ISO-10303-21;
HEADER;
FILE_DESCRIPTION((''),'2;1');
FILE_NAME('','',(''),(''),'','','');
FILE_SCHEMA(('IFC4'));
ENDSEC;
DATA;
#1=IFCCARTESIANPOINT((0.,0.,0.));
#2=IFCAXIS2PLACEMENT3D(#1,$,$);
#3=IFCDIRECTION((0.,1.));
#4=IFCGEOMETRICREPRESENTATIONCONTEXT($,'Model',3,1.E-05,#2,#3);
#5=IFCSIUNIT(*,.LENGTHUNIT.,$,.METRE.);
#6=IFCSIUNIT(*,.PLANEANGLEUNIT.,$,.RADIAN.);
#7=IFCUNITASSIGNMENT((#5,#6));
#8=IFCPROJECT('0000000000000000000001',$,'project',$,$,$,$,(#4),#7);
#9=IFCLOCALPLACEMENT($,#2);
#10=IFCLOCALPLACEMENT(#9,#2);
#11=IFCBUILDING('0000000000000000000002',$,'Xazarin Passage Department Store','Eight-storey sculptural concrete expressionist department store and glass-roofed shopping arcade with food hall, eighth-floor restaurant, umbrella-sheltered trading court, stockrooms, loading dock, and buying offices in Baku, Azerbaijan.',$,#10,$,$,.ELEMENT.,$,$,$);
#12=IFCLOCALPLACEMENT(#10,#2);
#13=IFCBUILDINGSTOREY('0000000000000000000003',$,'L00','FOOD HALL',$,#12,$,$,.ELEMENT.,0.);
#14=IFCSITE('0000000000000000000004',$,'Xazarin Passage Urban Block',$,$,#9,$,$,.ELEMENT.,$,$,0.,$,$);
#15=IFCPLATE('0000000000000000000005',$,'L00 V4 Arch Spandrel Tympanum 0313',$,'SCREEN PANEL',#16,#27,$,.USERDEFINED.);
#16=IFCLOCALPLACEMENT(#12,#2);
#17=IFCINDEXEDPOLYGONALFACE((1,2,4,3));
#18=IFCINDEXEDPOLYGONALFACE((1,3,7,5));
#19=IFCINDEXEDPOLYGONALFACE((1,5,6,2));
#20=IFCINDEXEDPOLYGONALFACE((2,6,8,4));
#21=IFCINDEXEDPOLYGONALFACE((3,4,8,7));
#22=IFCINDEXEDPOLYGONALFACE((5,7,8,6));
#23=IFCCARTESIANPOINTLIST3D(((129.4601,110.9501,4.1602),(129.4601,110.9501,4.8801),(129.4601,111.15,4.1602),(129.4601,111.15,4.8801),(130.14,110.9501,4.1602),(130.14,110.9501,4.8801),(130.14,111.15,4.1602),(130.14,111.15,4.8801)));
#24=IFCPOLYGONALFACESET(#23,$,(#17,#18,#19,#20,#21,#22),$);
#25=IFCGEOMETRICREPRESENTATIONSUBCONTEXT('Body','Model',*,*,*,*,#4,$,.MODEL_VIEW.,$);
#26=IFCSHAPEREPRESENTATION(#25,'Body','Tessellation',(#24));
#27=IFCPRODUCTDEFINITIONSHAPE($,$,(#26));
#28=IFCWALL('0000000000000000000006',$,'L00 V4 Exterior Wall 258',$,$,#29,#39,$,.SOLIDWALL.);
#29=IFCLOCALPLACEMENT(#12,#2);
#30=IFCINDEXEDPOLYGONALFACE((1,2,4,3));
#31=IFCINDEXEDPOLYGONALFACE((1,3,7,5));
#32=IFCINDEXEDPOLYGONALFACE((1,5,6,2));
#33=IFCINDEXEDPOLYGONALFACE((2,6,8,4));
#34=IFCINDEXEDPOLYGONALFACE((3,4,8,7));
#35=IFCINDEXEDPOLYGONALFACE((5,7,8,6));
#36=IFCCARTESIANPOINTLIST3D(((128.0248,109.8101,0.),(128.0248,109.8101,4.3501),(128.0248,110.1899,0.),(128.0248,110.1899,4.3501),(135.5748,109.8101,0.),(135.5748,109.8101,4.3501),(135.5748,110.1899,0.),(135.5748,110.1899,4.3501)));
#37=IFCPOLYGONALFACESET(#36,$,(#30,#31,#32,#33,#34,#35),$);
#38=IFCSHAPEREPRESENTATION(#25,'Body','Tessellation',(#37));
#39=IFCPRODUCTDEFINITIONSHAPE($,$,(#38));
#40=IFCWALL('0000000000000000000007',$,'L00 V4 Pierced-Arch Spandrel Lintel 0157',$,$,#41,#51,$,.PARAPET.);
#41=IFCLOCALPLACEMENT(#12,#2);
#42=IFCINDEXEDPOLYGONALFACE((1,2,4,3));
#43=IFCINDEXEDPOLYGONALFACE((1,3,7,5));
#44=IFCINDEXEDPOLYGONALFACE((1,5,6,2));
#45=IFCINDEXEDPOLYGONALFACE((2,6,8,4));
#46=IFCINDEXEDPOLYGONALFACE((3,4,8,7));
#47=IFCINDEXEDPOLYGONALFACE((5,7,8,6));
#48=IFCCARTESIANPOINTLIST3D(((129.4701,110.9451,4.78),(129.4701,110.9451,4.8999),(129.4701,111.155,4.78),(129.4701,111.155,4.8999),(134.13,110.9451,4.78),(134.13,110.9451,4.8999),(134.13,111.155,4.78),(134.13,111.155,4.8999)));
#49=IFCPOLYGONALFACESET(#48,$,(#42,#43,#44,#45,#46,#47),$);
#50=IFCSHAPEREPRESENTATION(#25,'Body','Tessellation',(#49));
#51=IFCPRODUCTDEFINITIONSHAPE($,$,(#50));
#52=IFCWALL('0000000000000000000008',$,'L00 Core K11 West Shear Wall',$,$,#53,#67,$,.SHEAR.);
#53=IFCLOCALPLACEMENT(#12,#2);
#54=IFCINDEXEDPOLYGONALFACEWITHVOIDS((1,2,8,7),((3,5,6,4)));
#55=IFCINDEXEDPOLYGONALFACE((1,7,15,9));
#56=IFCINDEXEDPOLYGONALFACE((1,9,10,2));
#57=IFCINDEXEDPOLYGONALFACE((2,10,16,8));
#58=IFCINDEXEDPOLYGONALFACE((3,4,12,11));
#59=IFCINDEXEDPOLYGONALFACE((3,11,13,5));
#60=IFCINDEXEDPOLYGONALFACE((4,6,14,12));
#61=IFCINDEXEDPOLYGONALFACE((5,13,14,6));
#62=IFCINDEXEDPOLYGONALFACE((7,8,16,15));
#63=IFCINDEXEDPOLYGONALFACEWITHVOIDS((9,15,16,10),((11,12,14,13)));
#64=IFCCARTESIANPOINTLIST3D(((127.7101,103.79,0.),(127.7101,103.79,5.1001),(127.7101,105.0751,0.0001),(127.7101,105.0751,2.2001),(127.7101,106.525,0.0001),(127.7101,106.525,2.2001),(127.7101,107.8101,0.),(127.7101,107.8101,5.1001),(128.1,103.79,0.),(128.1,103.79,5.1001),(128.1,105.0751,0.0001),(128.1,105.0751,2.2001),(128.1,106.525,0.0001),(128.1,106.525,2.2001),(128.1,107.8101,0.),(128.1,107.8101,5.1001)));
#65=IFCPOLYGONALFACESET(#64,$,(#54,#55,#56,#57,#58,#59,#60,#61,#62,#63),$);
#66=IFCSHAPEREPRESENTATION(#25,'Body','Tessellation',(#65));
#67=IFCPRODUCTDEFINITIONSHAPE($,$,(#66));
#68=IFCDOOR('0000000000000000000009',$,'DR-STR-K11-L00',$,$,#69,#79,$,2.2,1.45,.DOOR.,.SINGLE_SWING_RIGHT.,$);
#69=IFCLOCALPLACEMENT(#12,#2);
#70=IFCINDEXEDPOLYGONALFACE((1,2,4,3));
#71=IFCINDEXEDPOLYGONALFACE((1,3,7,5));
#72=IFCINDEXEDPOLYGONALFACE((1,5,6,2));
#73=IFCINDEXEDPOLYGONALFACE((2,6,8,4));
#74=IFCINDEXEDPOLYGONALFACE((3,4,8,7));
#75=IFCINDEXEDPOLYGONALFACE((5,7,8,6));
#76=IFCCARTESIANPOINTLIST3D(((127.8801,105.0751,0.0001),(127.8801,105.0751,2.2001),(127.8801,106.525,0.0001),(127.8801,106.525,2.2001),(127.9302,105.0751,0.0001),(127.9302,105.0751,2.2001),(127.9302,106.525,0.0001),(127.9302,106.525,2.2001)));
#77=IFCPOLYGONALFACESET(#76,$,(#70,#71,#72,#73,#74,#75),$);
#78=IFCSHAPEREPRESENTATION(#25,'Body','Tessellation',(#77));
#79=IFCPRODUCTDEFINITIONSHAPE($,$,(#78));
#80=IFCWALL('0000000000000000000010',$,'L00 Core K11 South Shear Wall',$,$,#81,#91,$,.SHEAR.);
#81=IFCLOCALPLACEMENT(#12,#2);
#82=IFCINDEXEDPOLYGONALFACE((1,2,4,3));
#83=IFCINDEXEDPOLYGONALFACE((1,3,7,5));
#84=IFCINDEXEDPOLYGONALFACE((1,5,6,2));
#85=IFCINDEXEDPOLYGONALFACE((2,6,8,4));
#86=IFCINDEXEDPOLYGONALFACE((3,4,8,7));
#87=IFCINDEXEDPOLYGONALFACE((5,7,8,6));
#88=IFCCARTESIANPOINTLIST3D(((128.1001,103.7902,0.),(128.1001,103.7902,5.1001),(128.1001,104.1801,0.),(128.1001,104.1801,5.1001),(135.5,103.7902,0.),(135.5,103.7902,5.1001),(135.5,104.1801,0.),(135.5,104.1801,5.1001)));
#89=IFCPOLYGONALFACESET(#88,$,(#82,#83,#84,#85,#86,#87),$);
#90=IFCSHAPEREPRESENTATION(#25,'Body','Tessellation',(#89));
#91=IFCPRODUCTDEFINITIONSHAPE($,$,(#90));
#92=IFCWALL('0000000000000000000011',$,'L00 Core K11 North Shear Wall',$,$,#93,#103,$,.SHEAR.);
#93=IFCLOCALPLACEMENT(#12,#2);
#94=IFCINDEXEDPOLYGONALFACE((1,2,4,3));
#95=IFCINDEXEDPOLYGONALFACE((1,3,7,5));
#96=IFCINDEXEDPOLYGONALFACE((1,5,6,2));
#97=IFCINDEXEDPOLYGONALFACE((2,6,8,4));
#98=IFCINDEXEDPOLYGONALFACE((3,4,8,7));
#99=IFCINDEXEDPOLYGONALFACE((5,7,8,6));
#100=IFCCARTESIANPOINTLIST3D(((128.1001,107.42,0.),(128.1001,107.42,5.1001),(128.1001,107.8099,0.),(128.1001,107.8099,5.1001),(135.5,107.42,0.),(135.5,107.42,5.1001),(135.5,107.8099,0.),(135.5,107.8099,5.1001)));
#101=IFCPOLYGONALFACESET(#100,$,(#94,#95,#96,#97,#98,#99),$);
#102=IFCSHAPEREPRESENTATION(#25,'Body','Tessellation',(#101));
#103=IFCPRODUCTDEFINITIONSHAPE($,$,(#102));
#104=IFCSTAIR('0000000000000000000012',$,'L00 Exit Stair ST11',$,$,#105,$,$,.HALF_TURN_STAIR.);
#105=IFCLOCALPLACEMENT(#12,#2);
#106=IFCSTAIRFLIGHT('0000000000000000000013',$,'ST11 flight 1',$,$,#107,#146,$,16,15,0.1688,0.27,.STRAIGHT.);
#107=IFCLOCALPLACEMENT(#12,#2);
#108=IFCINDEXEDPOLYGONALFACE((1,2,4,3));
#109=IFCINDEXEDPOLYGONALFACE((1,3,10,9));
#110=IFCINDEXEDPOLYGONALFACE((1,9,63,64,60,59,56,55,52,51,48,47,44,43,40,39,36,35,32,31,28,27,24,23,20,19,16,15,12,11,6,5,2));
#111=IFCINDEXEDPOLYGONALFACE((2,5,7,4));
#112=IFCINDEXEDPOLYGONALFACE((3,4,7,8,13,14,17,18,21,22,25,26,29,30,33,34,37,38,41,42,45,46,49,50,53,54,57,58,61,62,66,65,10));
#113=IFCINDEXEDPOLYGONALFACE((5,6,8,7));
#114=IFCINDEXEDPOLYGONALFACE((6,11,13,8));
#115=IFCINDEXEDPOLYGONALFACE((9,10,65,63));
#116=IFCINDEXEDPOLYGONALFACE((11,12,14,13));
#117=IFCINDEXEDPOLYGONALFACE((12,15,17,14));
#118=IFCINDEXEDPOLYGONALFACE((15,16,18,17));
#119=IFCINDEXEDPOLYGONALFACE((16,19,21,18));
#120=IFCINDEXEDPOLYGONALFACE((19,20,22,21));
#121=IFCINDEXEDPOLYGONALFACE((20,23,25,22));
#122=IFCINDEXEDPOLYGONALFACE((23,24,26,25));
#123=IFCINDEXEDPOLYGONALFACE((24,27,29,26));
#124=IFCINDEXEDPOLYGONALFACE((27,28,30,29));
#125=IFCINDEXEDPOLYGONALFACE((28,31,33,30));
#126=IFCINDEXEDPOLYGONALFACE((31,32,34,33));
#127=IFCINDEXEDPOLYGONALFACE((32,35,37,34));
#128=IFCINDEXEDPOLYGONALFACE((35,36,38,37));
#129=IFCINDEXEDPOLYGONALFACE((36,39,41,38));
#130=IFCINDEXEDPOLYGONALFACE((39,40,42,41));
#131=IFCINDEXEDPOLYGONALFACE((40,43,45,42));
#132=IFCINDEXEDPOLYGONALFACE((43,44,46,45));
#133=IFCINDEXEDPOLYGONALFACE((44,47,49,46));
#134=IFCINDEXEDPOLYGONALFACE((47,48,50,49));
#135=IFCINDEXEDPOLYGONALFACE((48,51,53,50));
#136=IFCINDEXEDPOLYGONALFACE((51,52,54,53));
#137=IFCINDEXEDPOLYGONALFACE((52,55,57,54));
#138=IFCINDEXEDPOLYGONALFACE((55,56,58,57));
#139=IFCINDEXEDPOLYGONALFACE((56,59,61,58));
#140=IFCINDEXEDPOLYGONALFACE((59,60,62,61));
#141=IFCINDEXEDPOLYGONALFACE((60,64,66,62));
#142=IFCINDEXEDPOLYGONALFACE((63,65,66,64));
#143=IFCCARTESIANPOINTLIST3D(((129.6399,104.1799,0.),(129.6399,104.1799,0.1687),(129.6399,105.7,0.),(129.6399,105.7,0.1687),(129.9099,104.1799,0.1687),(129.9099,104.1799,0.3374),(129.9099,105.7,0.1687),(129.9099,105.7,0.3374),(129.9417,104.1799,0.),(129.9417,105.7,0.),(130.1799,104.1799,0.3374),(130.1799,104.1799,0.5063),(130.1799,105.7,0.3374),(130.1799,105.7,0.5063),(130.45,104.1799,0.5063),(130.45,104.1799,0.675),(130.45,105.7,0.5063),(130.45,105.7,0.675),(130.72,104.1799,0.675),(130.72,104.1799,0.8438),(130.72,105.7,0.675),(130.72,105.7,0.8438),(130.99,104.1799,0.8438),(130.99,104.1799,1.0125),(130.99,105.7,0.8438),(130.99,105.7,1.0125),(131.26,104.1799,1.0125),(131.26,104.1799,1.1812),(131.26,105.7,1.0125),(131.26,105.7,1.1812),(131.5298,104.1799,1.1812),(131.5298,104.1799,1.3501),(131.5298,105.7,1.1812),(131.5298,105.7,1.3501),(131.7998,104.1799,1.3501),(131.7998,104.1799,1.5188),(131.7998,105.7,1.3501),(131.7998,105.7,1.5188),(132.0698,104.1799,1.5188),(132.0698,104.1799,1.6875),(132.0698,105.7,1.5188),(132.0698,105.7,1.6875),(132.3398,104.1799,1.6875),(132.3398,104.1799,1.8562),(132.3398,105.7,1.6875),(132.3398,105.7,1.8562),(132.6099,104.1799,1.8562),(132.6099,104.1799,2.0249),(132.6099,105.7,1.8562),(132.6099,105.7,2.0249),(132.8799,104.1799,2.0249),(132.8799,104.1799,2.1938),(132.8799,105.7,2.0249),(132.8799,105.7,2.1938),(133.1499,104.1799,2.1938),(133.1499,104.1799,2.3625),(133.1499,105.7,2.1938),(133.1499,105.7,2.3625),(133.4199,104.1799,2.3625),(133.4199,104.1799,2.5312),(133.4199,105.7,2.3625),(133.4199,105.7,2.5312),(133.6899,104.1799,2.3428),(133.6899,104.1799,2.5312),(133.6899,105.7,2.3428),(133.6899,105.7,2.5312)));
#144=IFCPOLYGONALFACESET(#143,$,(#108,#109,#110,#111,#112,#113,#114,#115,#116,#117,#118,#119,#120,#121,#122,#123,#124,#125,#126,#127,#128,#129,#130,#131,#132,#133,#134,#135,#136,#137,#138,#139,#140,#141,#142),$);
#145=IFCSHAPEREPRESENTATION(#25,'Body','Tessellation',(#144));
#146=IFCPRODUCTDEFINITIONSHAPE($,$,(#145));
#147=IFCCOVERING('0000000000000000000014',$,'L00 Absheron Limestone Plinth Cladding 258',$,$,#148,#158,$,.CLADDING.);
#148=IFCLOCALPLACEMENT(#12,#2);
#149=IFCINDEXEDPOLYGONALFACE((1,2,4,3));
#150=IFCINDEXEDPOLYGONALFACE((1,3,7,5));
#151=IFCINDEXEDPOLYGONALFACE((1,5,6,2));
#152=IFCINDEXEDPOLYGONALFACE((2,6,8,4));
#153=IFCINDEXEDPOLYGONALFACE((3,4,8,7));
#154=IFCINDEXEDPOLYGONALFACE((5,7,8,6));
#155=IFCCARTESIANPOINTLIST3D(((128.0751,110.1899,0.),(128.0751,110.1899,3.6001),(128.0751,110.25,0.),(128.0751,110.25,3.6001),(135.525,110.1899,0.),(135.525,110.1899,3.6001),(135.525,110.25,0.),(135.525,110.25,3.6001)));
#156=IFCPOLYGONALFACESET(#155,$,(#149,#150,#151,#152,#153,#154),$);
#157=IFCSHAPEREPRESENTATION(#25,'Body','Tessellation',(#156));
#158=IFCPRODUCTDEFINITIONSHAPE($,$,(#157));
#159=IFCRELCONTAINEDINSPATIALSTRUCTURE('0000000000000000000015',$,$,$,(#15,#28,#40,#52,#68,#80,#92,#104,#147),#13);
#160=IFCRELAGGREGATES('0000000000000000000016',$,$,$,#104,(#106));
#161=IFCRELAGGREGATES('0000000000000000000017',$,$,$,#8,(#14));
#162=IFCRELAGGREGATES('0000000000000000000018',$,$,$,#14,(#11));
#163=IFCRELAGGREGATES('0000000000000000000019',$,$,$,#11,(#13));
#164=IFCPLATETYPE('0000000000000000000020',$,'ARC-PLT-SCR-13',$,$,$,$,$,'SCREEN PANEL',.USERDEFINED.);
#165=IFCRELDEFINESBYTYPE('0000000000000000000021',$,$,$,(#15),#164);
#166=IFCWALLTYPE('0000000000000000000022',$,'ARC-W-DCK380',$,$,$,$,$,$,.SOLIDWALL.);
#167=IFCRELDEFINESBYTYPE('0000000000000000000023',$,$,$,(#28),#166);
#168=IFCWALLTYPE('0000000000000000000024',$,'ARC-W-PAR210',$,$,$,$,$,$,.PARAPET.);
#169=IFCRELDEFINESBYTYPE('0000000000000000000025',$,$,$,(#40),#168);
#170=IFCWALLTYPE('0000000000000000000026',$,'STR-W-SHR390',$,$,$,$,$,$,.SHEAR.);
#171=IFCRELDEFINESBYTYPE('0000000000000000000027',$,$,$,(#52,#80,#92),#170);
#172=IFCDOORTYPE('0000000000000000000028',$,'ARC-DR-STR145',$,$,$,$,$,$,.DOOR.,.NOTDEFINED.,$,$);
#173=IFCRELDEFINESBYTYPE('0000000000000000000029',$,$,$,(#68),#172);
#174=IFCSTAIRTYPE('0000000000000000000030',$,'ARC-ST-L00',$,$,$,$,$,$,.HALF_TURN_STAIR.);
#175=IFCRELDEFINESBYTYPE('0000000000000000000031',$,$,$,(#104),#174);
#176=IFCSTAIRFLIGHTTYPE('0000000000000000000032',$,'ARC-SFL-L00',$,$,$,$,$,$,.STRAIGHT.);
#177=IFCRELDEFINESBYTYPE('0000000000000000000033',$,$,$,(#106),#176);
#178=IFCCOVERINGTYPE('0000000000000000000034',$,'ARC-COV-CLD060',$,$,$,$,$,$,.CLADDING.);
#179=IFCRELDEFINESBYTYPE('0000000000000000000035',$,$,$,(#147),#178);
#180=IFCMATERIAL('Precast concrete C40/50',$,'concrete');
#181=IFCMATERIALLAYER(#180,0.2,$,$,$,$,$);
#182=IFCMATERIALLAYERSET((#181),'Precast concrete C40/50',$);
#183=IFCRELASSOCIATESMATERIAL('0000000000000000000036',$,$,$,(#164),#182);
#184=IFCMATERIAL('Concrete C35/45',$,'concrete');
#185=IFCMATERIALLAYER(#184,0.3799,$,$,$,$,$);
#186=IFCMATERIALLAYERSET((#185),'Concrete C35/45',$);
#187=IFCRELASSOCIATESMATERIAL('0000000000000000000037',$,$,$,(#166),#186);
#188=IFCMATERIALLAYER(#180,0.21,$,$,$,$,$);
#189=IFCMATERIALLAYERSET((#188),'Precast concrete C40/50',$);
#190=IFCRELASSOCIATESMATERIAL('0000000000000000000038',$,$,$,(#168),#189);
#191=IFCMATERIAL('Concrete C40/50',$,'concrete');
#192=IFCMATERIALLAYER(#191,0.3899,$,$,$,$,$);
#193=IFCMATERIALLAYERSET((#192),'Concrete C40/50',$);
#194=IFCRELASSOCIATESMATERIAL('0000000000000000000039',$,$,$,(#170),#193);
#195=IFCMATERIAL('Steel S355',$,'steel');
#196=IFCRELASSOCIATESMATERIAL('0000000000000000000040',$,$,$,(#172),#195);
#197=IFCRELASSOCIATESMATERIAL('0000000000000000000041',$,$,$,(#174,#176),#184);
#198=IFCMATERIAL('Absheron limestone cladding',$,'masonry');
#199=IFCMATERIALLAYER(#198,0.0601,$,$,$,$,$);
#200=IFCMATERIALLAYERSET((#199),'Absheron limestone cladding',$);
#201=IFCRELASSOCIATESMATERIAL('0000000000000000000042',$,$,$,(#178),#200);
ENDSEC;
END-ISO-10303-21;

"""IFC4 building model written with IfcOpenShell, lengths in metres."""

from ifc_helpers import new_model, si_unit, direction, frame, frame_2d, origin, origin_2d, place, context, subcontext, project, spatial, polyline, rectangle, outline, extrude, material, layer, layer_set, type_object, element, fill, aggregate, save


model = new_model("IFC4")

# Units and contexts
model_context = context("Model", 3, precision=1e-05, world=origin(), true_north=direction((0.0, 1.0)))
body_context = subcontext(model_context, "Body", "Model", "MODEL_VIEW")
ifc_project = project(units=[si_unit("LENGTHUNIT", "METRE"), si_unit("PLANEANGLEUNIT", "RADIAN")], contexts=[model_context])

# Site, building, storey
site_placement = place(None, origin())
site = spatial("IfcSite", under=ifc_project, at=site_placement, Name="Xazarin Passage Urban Block", CompositionType="ELEMENT", RefElevation=0.0)
building_placement = place(site_placement, origin())
building = spatial("IfcBuilding", under=site, at=building_placement, Name="Xazarin Passage Department Store", Description="Eight-storey sculptural concrete expressionist department store and glass-roofed shopping arcade with food hall, eighth-floor restaurant, umbrella-sheltered trading court, stockrooms, loading dock, and buying offices in Baku, Azerbaijan.", CompositionType="ELEMENT")
storey_placement = place(building_placement, origin())
storey = spatial("IfcBuildingStorey", under=building, at=storey_placement, Name="L00", Description="FOOD HALL", CompositionType="ELEMENT", Elevation=0.0)

# Shared definitions
ifc_material_1 = material(Name="Concrete C35/45", Category="concrete")

# Shared definitions
ifc_material_2 = material(Name="Concrete C40/50", Category="concrete")

# Plate
ifc_material_3 = material(Name="Precast concrete C40/50", Category="concrete")
ifc_layer_1 = layer(ifc_material_3, 0.2)
ifc_layer_set_1 = layer_set([ifc_layer_1], Name="Precast concrete C40/50")
plate_type = type_object("IfcPlateType", Name="ARC-PLT-SCR-13", ElementType="SCREEN PANEL", PredefinedType="USERDEFINED", material=ifc_layer_set_1)
plate_placement = place(storey_placement, frame((129.8, 111.05, 4.1602), z_axis=(0.0, 0.0, 1.0), x_axis=(1.0, 0.0, 0.0)))
element("IfcPlate", 1, at=plate_placement, inside=storey, type_object=plate_type, Name="L00 V4 Arch Spandrel Tympanum 0313", ObjectType="SCREEN PANEL", PredefinedType="USERDEFINED", context=body_context, shape_type="SweptSolid", body=[
    extrude(rectangle(XDim=0.6799, YDim=0.2, at=origin_2d()), origin(), (0.0, 0.0, 1.0), 0.72),
])

# Walls
ifc_layer_2 = layer(ifc_material_1, 0.3799)
ifc_layer_set_2 = layer_set([ifc_layer_2], Name="Concrete C35/45")
wall_type_1 = type_object("IfcWallType", Name="ARC-W-DCK380", PredefinedType="SOLIDWALL", material=ifc_layer_set_2)
wall_1_placement = place(storey_placement, frame((128.0249, 110.0, 0.0), z_axis=(0.0, 0.0, 1.0), x_axis=(1.0, 0.0, 0.0)))
element("IfcWall", 2, at=wall_1_placement, inside=storey, type_object=wall_type_1, Name="L00 V4 Exterior Wall 258", PredefinedType="SOLIDWALL", context=body_context, shape_type="SweptSolid", body=[
    extrude(rectangle(XDim=7.55, YDim=0.3799, at=frame_2d((3.7749, 0.0))), origin(), (0.0, 0.0, 1.0), 4.3501),
])
ifc_layer_3 = layer(ifc_material_3, 0.21)
ifc_layer_set_3 = layer_set([ifc_layer_3], Name="Precast concrete C40/50")
wall_type_2 = type_object("IfcWallType", Name="ARC-W-PAR210", PredefinedType="PARAPET", material=ifc_layer_set_3)
wall_2_placement = place(storey_placement, frame((129.47, 111.05, 4.78), z_axis=(0.0, 0.0, 1.0), x_axis=(1.0, 0.0, 0.0)))
element("IfcWall", 3, at=wall_2_placement, inside=storey, type_object=wall_type_2, Name="L00 V4 Pierced-Arch Spandrel Lintel 0157", PredefinedType="PARAPET", context=body_context, shape_type="SweptSolid", body=[
    extrude(rectangle(XDim=4.6599, YDim=0.21, at=frame_2d((2.3301, 0.0))), origin(), (0.0, 0.0, 1.0), 0.1199),
])

# Wall, opening, door
ifc_layer_4 = layer(ifc_material_2, 0.3899)
ifc_layer_set_4 = layer_set([ifc_layer_4], Name="Concrete C40/50")
wall_type_3 = type_object("IfcWallType", Name="STR-W-SHR390", PredefinedType="SHEAR", material=ifc_layer_set_4)
wall_3_placement = place(storey_placement, frame((127.905, 103.79, 0.0), z_axis=(0.0, 0.0, 1.0), x_axis=(0.0, 1.0, 0.0)))
wall_3 = element("IfcWall", 4, at=wall_3_placement, inside=storey, type_object=wall_type_3, Name="L00 Core K11 West Shear Wall", PredefinedType="SHEAR", context=body_context, shape_type="SweptSolid", body=[
    extrude(rectangle(XDim=4.02, YDim=0.3899, at=frame_2d((2.01, 0.0))), origin(), (0.0, 0.0, 1.0), 5.1001),
])
opening_placement = place(wall_3_placement, frame((1.2849, 0.0, 0.0)))
opening = element("IfcOpeningElement", 5, at=opening_placement, cuts=wall_3, PredefinedType="OPENING", context=body_context, shape_type="SweptSolid", body=[
    extrude(rectangle(XDim=1.45, YDim=2.2, at=frame_2d((0.7251, 1.1001))), frame((0.0, 0.2048, 0.0), z_axis=(0.0, -1.0, 0.0), x_axis=(1.0, 0.0, 0.0)), (0.0, 0.0, 1.0), 0.4099),
])
ifc_material_4 = material(Name="Steel S355", Category="steel")
door_type = type_object("IfcDoorType", Name="ARC-DR-STR145", OperationType="NOTDEFINED", PredefinedType="DOOR", material=ifc_material_4)
door_placement = place(opening_placement, origin())
door = element("IfcDoor", 6, at=door_placement, inside=storey, type_object=door_type, Name="DR-STR-K11-L00", OperationType="SINGLE_SWING_RIGHT", OverallHeight=2.2, OverallWidth=1.45, PredefinedType="DOOR", context=body_context, shape_type="SweptSolid", body=[
    extrude(rectangle(XDim=1.45, YDim=2.2, at=frame_2d((0.7251, 1.1001))), frame((0.0, 0.0249, 0.0), z_axis=(0.0, -1.0, 0.0), x_axis=(1.0, 0.0, 0.0)), (0.0, 0.0, 1.0), 0.05),
])
fill(opening, door)

# Walls
for number, where, z_axis, x_axis, name in (
    (7, (128.1001, 103.9851, 0.0), (0.0, 0.0, 1.0), (1.0, 0.0, 0.0), "L00 Core K11 South Shear Wall"),
    (8, (128.1001, 107.615, 0.0), (0.0, 0.0, 1.0), (1.0, 0.0, 0.0), "L00 Core K11 North Shear Wall"),
):
    element("IfcWall", number, at=place(storey_placement, frame(where, z_axis=z_axis, x_axis=x_axis)), inside=storey, type_object=wall_type_3, Name=name, PredefinedType="SHEAR", context=body_context, shape_type="SweptSolid", body=[
        extrude(rectangle(XDim=7.3999, YDim=0.3899, at=frame_2d((3.7, 0.0))), origin(), (0.0, 0.0, 1.0), 5.1001),
    ])

# Stair, stair flight
stair_type = type_object("IfcStairType", Name="ARC-ST-L00", PredefinedType="HALF_TURN_STAIR", material=ifc_material_1)
stair_placement = place(storey_placement, origin())
stair = element("IfcStair", 9, at=stair_placement, inside=storey, type_object=stair_type, Name="L00 Exit Stair ST11", PredefinedType="HALF_TURN_STAIR")
stair_flight_type = type_object("IfcStairFlightType", Name="ARC-SFL-L00", PredefinedType="STRAIGHT", material=ifc_material_1)
stair_flight_placement = place(storey_placement, frame((129.6399, 104.9399, 0.0), z_axis=(0.0, 0.0, 1.0), x_axis=(1.0, 0.0, 0.0)))
stair_flight = element("IfcStairFlight", 10, at=stair_flight_placement, type_object=stair_flight_type, Name="ST11 flight 1", NumberOfRisers=16, NumberOfTreads=15, PredefinedType="STRAIGHT", RiserHeight=0.1688, TreadLength=0.27, context=body_context, shape_type="SweptSolid", body=[
    extrude(outline(polyline([(0.0, 0.0), (0.0, 0.1687), (0.27, 0.1687), (0.27, 0.3374), (0.54, 0.3374), (0.54, 0.5063), (0.8101, 0.5063), (0.8101, 0.675), (1.0801, 0.675), (1.0801, 0.8438), (1.3501, 0.8438), (1.3501, 1.0125), (1.6201, 1.0125), (1.6201, 1.1812), (1.8899, 1.1812), (1.8899, 1.3501), (2.1599, 1.3501), (2.1599, 1.5188), (2.4299, 1.5188), (2.4299, 1.6875), (2.7, 1.6875), (2.7, 1.8562), (2.97, 1.8562), (2.97, 2.0249), (3.24, 2.0249), (3.24, 2.1938), (3.51, 2.1938), (3.51, 2.3625), (3.78, 2.3625), (3.78, 2.5312), (4.05, 2.5312), (4.05, 2.7), (4.05, 2.3428), (0.3018, 0.0), (0.0, 0.0)])), frame((0.0, 0.76, 0.0), z_axis=(0.0, -1.0, 0.0), x_axis=(1.0, 0.0, 0.0)), (0.0, 0.0, 1.0), 1.52),
])
aggregate(stair, [stair_flight])

# Covering
ifc_material_5 = material(Name="Absheron limestone cladding", Category="masonry")
ifc_layer_5 = layer(ifc_material_5, 0.0601)
ifc_layer_set_5 = layer_set([ifc_layer_5], Name="Absheron limestone cladding")
covering_type = type_object("IfcCoveringType", Name="ARC-COV-CLD060", PredefinedType="CLADDING", material=ifc_layer_set_5)
covering_placement = place(storey_placement, frame((131.8, 110.22, 0.0), z_axis=(0.0, 0.0, 1.0), x_axis=(1.0, 0.0, 0.0)))
element("IfcCovering", 11, at=covering_placement, inside=storey, type_object=covering_type, Name="L00 Absheron Limestone Plinth Cladding 258", PredefinedType="CLADDING", context=body_context, shape_type="SweptSolid", body=[
    extrude(rectangle(XDim=7.45, YDim=0.0601, at=origin_2d()), origin(), (0.0, 0.0, 1.0), 3.6001),
])

save(model, "model.ifc")
